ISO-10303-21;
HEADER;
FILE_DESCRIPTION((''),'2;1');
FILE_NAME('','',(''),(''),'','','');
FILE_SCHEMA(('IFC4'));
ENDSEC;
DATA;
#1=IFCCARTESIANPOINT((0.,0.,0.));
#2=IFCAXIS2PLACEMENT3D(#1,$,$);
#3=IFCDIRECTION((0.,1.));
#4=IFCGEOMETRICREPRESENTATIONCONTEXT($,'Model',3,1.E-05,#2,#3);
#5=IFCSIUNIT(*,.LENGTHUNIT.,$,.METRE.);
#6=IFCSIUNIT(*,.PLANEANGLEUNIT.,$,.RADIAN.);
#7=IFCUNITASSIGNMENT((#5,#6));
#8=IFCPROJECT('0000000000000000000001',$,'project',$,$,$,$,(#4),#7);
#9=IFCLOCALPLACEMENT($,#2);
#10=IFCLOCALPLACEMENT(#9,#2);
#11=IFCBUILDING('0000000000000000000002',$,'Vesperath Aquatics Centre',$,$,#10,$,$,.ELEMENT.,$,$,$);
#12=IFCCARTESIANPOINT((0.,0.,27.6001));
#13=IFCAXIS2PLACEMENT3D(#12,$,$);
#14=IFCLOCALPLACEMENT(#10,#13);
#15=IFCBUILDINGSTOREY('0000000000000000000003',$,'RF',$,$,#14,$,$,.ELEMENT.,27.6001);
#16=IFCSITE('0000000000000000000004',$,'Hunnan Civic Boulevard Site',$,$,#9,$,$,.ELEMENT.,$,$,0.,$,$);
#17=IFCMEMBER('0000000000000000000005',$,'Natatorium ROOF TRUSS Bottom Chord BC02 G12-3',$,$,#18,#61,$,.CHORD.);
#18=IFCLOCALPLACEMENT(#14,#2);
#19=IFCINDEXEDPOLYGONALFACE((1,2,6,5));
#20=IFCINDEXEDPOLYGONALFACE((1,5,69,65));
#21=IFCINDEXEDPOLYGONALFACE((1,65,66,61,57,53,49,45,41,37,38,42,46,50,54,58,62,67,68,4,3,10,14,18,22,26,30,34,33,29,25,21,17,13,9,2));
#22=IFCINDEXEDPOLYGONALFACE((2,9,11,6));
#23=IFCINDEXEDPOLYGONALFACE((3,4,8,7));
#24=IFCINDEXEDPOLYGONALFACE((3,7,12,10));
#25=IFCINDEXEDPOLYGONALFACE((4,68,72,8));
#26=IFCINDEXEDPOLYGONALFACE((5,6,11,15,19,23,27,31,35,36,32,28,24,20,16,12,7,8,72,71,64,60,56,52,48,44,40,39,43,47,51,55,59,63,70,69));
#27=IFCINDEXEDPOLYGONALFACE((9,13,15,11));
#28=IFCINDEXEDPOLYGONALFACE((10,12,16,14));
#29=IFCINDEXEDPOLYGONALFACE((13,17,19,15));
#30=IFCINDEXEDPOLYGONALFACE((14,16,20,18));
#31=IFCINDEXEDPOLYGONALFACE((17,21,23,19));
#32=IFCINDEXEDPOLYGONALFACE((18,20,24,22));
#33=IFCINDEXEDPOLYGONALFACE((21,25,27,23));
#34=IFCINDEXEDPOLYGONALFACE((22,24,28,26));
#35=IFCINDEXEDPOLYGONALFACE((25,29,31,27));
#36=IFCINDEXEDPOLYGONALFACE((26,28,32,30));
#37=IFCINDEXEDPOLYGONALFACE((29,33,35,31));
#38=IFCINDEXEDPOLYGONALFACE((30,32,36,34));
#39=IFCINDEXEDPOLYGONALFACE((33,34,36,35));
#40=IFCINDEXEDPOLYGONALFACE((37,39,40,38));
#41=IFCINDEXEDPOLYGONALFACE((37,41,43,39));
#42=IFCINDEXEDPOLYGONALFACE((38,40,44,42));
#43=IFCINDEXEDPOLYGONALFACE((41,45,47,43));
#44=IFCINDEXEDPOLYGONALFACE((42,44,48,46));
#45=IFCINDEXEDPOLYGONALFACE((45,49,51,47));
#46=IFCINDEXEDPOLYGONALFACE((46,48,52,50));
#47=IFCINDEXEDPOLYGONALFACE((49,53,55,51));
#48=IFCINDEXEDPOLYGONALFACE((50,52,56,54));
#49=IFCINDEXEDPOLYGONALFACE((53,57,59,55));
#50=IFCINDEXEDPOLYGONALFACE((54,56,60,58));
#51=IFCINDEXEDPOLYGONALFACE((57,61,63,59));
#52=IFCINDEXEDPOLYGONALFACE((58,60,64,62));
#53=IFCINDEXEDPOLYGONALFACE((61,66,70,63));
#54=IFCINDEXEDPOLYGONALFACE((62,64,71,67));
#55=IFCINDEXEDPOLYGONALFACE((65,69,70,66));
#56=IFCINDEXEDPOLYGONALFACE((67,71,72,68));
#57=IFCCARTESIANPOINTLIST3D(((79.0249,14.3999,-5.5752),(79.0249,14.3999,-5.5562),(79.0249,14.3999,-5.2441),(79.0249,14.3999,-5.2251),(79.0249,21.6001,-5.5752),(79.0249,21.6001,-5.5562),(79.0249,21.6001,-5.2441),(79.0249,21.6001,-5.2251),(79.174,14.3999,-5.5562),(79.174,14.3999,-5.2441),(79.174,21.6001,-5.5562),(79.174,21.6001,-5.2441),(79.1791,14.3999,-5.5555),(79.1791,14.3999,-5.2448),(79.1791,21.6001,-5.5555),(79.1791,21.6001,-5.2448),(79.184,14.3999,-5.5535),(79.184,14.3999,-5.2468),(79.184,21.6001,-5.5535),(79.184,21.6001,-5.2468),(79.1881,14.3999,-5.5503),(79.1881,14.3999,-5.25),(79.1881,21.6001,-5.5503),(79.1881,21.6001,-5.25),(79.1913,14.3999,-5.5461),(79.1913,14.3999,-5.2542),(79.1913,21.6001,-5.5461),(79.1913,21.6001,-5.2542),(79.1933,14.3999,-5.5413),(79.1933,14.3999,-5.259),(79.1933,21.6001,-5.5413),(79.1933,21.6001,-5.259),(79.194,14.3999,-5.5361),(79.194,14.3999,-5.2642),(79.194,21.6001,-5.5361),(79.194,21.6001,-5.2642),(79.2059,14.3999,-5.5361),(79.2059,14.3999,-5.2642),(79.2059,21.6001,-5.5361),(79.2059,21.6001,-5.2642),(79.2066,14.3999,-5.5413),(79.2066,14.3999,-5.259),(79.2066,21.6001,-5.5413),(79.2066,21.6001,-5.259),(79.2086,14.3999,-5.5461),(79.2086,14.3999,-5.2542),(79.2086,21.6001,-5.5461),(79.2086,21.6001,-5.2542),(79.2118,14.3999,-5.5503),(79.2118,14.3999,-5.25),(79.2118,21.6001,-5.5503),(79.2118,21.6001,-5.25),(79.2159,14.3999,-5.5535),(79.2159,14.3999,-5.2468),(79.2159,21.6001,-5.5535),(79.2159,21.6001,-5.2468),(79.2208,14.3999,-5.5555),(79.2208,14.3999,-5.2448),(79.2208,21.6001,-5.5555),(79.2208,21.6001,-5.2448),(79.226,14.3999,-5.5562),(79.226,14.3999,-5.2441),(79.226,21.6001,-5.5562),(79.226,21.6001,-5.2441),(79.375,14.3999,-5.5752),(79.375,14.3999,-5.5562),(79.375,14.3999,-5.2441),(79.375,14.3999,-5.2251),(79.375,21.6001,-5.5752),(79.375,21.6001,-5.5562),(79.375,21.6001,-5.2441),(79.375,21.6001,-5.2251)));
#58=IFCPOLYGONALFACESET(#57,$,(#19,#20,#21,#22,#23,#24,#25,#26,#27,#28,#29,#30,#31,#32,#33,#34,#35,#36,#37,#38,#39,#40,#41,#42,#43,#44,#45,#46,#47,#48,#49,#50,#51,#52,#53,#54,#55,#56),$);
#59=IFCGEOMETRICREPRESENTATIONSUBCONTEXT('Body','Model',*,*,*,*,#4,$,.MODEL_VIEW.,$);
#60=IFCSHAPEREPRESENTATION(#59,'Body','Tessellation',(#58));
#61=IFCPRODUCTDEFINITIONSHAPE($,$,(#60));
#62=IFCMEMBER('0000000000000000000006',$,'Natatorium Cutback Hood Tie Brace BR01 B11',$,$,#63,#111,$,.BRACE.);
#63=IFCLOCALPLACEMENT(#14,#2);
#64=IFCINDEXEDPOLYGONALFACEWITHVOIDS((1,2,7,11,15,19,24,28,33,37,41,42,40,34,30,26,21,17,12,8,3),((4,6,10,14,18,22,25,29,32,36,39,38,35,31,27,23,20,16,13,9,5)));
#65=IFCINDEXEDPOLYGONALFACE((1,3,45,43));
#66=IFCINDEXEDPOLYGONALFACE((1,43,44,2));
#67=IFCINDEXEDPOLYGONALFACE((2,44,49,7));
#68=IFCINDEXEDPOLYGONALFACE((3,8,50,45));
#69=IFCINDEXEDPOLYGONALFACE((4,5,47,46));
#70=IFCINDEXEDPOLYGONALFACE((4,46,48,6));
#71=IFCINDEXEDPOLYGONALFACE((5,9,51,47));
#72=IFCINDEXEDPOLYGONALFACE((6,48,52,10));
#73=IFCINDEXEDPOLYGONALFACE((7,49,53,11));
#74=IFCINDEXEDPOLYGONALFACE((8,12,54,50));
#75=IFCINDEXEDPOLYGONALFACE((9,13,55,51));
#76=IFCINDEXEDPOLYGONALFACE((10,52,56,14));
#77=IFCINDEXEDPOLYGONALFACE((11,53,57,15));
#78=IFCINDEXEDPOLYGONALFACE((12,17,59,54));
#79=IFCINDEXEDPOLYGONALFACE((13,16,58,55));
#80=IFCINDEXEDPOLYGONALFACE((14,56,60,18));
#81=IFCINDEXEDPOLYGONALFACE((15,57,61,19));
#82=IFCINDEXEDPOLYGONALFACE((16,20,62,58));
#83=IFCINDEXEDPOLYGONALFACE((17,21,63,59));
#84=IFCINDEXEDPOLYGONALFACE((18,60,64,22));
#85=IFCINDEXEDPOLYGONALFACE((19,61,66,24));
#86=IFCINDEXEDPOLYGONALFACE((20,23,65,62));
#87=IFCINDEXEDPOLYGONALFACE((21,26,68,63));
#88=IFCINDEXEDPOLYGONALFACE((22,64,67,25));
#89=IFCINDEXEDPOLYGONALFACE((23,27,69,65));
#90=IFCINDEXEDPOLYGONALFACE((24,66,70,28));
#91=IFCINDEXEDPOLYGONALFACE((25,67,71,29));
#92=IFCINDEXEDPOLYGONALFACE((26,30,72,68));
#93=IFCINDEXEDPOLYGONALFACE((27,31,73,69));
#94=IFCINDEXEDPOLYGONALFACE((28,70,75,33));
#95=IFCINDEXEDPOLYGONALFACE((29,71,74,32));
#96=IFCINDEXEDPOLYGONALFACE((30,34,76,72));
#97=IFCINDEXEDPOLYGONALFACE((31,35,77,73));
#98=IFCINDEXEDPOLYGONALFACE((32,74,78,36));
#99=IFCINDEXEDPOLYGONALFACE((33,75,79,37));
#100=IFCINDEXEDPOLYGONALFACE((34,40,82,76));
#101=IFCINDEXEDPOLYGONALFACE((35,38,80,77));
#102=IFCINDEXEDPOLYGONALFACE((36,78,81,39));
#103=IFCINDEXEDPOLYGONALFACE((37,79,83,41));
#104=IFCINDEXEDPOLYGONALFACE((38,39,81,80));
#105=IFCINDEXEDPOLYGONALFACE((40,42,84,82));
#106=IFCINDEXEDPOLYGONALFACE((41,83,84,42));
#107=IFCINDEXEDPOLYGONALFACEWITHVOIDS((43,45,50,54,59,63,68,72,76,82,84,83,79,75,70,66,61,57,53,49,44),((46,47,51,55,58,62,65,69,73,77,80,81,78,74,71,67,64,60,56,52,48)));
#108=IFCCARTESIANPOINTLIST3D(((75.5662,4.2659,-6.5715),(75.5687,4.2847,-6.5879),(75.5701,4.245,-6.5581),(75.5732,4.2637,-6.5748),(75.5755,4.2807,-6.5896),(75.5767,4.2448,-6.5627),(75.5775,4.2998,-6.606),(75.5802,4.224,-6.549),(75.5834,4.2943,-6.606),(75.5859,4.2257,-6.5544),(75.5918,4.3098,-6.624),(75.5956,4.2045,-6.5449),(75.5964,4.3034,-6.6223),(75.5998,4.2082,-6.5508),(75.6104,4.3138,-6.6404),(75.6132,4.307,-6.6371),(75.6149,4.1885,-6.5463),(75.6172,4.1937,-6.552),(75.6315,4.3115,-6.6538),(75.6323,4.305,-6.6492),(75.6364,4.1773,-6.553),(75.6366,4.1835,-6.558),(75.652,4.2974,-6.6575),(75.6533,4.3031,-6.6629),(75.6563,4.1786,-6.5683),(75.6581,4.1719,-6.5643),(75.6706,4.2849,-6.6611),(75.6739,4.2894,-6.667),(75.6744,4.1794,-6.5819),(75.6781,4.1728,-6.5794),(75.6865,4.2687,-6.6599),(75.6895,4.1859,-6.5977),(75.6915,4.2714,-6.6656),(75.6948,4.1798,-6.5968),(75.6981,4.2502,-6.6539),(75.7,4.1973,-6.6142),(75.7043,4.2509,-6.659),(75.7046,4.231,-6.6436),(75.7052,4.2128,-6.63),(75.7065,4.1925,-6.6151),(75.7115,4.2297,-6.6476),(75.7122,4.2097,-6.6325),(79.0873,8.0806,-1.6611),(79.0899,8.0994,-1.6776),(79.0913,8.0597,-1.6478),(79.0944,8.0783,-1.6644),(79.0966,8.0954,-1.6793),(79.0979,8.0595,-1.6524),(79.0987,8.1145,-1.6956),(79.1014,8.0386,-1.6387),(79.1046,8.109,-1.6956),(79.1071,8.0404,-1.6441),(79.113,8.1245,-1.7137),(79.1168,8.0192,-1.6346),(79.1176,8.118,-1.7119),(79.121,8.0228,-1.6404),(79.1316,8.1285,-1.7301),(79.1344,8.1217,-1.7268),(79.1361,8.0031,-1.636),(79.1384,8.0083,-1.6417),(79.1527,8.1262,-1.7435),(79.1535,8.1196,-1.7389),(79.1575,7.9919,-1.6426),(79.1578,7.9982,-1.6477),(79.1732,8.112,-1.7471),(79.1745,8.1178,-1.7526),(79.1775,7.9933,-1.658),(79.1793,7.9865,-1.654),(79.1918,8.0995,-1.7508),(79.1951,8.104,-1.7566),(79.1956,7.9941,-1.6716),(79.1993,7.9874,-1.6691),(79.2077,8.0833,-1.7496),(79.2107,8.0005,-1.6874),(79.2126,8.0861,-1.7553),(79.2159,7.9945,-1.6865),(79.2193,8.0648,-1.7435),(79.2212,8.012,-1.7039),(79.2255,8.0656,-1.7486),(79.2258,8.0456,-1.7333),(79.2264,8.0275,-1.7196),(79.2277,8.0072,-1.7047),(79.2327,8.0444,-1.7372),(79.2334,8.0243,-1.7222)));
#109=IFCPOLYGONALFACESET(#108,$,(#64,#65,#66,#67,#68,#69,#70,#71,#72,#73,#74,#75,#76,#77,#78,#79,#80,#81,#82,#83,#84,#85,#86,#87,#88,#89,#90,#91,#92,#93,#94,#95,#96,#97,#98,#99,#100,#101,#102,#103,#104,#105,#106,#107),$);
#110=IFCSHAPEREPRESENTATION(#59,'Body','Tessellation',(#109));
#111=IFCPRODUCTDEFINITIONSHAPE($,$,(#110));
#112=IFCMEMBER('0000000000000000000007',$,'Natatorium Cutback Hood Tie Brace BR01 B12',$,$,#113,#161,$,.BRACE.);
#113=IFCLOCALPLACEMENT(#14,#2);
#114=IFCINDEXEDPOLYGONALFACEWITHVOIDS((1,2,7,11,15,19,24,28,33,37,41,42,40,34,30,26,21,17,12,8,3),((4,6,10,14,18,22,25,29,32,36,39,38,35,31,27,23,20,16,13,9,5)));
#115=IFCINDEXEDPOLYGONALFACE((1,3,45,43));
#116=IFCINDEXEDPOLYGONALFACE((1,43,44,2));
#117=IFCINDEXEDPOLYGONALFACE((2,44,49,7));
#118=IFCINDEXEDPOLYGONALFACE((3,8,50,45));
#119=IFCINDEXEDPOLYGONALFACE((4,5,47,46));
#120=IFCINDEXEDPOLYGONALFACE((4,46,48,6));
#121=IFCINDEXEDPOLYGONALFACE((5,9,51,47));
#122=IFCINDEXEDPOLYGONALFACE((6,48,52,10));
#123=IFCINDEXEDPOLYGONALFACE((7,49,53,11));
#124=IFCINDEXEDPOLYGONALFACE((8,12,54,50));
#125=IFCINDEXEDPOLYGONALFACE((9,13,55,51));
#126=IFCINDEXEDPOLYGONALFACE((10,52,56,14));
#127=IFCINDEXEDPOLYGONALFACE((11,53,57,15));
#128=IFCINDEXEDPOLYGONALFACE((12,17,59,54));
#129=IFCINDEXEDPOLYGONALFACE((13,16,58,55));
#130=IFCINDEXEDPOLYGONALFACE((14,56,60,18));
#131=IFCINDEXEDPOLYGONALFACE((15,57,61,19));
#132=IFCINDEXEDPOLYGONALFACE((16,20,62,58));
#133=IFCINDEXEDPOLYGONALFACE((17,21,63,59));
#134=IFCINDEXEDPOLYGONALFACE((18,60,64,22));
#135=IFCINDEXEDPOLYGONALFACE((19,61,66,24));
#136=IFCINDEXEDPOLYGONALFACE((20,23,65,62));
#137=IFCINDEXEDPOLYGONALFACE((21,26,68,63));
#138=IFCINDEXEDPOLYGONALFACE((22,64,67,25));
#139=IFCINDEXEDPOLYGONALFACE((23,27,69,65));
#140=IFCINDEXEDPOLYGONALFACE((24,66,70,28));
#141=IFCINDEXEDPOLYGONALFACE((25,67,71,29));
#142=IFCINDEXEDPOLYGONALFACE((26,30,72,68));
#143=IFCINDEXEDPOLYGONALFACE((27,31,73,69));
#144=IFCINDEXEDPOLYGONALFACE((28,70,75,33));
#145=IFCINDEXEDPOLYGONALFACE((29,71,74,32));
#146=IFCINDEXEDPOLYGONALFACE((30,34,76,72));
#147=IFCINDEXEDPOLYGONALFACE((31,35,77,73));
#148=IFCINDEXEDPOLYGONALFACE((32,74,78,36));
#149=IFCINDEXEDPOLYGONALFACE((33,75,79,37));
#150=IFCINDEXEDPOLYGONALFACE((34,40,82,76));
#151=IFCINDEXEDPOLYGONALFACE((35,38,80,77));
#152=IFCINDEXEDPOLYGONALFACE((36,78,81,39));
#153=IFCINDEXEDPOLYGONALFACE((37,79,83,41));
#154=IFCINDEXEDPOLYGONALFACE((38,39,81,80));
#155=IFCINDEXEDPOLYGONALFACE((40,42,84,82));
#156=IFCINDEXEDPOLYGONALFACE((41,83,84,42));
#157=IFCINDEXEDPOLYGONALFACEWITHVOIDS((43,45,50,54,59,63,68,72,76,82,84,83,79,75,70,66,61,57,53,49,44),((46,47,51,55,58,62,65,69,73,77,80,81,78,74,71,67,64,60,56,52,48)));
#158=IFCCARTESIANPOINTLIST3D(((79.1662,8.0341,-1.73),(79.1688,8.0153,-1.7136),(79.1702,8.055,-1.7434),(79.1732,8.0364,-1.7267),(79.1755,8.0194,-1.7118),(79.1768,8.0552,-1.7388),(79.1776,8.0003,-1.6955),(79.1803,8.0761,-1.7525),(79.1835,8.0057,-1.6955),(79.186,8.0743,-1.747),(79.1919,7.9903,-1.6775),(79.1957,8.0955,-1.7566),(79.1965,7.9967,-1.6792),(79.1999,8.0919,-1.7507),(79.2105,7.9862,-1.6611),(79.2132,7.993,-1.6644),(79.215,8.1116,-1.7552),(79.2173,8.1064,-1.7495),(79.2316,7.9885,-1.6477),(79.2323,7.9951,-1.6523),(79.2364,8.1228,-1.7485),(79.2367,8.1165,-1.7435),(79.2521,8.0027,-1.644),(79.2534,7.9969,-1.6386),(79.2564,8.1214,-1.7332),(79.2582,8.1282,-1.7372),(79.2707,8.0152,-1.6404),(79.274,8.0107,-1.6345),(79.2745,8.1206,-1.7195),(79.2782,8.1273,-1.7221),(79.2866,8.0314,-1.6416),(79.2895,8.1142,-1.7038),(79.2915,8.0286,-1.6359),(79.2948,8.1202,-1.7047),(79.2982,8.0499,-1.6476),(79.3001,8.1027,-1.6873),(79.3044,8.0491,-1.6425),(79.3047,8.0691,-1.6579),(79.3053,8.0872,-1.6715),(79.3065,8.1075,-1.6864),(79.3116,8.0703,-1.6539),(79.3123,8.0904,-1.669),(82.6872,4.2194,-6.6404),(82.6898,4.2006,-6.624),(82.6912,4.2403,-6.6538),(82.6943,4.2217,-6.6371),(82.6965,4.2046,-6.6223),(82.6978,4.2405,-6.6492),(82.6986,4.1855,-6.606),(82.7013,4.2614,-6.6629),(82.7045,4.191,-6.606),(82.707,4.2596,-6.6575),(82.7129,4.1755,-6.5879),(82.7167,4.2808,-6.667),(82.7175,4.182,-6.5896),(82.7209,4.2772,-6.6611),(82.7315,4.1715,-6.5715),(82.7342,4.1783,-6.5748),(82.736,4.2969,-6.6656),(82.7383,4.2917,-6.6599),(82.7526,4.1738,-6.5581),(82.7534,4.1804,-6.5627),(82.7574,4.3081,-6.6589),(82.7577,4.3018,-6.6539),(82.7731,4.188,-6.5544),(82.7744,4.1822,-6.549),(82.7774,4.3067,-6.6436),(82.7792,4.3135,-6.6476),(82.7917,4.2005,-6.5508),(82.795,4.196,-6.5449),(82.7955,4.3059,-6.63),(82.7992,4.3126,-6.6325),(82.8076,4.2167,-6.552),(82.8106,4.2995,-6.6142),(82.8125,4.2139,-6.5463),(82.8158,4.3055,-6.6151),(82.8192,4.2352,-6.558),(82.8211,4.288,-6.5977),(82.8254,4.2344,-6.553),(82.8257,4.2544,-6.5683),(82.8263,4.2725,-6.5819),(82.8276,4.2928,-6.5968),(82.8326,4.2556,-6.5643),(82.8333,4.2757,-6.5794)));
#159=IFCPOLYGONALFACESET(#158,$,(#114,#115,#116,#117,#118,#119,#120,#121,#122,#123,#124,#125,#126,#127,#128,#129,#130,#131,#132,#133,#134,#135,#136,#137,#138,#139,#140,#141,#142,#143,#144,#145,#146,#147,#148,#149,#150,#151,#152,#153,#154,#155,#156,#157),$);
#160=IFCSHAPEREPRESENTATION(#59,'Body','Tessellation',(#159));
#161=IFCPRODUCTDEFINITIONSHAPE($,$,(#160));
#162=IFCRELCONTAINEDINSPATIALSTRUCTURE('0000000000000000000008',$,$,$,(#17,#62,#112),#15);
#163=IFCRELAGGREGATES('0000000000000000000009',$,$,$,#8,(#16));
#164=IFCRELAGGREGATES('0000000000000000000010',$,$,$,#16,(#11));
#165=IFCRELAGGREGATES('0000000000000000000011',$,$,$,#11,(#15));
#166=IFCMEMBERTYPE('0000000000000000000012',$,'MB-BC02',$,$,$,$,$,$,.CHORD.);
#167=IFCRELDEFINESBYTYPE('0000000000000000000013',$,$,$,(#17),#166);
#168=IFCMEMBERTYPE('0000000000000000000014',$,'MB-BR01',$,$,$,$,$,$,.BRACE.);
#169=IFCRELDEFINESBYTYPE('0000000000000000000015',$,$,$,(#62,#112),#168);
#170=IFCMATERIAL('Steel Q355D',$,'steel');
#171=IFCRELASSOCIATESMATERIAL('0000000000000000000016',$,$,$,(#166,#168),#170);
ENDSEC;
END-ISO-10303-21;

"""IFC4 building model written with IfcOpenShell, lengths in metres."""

from ifc_helpers import new_model, si_unit, direction, frame, origin, origin_2d, place, context, subcontext, project, spatial, hollow_circle, i_section, extrude, material, material_profile, profile_set, type_object, element, save


model = new_model("IFC4")

# Units and contexts
model_context = context("Model", 3, precision=1e-05, world=origin(), true_north=direction((0.0, 1.0)))
body_context = subcontext(model_context, "Body", "Model", "MODEL_VIEW")
ifc_project = project(units=[si_unit("LENGTHUNIT", "METRE"), si_unit("PLANEANGLEUNIT", "RADIAN")], contexts=[model_context])

# Site, building, storey
site_placement = place(None, origin())
site = spatial("IfcSite", under=ifc_project, at=site_placement, Name="Hunnan Civic Boulevard Site", CompositionType="ELEMENT", RefElevation=0.0)
building_placement = place(site_placement, origin())
building = spatial("IfcBuilding", under=site, at=building_placement, Name="Vesperath Aquatics Centre", CompositionType="ELEMENT")
storey_placement = place(building_placement, frame((0.0, 0.0, 27.6001)))
storey = spatial("IfcBuildingStorey", under=building, at=storey_placement, Name="RF", CompositionType="ELEMENT", Elevation=27.6001)

# Members
ifc_material_1 = material(Name="Steel Q355D", Category="steel")
ifc_material_profile_1 = material_profile(ifc_material_1, i_section(OverallWidth=0.3501, OverallDepth=0.3501, WebThickness=0.012, FlangeThickness=0.019, FilletRadius=0.02, at=origin_2d()), Name="HW 350x350x12x19")
ifc_profile_set_1 = profile_set([ifc_material_profile_1], Name="Steel Q355D")
member_type_1 = type_object("IfcMemberType", Name="MB-BC02", PredefinedType="CHORD", material=ifc_profile_set_1)
member_1_placement = place(storey_placement, frame((79.2, 14.3999, -5.4001), z_axis=(0.0, 1.0, 0.0), x_axis=(-1.0, 0.0, 0.0)))
element("IfcMember", 1, at=member_1_placement, inside=storey, type_object=member_type_1, Name="Natatorium ROOF TRUSS Bottom Chord BC02 G12-3", PredefinedType="CHORD", context=body_context, shape_type="SweptSolid", body=[
    extrude(i_section(OverallWidth=0.3501, OverallDepth=0.3501, WebThickness=0.012, FlangeThickness=0.019, FilletRadius=0.02, at=origin_2d()), origin(), (0.0, 0.0, 1.0), 7.2002),
])
ifc_material_profile_2 = material_profile(ifc_material_1, hollow_circle(Radius=0.0842, WallThickness=0.0081, at=origin_2d()), Name="CHS 168.3x8")
ifc_profile_set_2 = profile_set([ifc_material_profile_2], Name="Steel Q355D")
member_type_2 = type_object("IfcMemberType", Name="MB-BR01", PredefinedType="BRACE", material=ifc_profile_set_2)
for number, where, z_axis, x_axis, name in (
    (2, (75.6394, 4.2427, -6.606), (0.492768, 0.533834, 0.687169), (-0.734805, 0.678278, 0.0), "Natatorium Cutback Hood Tie Brace BR01 B11"),
    (3, (82.7605, 4.2427, -6.606), (-0.492742, 0.533843, 0.68718), (-0.734829, -0.678253, 0.0), "Natatorium Cutback Hood Tie Brace BR01 B12"),
):
    element("IfcMember", number, at=place(storey_placement, frame(where, z_axis=z_axis, x_axis=x_axis)), inside=storey, type_object=member_type_2, Name=name, PredefinedType="BRACE", context=body_context, shape_type="SweptSolid", body=[
        extrude(hollow_circle(Radius=0.0842, WallThickness=0.0081, at=origin_2d()), origin(), (0.0, 0.0, 1.0), 7.1458),
    ])

save(model, "model.ifc")
